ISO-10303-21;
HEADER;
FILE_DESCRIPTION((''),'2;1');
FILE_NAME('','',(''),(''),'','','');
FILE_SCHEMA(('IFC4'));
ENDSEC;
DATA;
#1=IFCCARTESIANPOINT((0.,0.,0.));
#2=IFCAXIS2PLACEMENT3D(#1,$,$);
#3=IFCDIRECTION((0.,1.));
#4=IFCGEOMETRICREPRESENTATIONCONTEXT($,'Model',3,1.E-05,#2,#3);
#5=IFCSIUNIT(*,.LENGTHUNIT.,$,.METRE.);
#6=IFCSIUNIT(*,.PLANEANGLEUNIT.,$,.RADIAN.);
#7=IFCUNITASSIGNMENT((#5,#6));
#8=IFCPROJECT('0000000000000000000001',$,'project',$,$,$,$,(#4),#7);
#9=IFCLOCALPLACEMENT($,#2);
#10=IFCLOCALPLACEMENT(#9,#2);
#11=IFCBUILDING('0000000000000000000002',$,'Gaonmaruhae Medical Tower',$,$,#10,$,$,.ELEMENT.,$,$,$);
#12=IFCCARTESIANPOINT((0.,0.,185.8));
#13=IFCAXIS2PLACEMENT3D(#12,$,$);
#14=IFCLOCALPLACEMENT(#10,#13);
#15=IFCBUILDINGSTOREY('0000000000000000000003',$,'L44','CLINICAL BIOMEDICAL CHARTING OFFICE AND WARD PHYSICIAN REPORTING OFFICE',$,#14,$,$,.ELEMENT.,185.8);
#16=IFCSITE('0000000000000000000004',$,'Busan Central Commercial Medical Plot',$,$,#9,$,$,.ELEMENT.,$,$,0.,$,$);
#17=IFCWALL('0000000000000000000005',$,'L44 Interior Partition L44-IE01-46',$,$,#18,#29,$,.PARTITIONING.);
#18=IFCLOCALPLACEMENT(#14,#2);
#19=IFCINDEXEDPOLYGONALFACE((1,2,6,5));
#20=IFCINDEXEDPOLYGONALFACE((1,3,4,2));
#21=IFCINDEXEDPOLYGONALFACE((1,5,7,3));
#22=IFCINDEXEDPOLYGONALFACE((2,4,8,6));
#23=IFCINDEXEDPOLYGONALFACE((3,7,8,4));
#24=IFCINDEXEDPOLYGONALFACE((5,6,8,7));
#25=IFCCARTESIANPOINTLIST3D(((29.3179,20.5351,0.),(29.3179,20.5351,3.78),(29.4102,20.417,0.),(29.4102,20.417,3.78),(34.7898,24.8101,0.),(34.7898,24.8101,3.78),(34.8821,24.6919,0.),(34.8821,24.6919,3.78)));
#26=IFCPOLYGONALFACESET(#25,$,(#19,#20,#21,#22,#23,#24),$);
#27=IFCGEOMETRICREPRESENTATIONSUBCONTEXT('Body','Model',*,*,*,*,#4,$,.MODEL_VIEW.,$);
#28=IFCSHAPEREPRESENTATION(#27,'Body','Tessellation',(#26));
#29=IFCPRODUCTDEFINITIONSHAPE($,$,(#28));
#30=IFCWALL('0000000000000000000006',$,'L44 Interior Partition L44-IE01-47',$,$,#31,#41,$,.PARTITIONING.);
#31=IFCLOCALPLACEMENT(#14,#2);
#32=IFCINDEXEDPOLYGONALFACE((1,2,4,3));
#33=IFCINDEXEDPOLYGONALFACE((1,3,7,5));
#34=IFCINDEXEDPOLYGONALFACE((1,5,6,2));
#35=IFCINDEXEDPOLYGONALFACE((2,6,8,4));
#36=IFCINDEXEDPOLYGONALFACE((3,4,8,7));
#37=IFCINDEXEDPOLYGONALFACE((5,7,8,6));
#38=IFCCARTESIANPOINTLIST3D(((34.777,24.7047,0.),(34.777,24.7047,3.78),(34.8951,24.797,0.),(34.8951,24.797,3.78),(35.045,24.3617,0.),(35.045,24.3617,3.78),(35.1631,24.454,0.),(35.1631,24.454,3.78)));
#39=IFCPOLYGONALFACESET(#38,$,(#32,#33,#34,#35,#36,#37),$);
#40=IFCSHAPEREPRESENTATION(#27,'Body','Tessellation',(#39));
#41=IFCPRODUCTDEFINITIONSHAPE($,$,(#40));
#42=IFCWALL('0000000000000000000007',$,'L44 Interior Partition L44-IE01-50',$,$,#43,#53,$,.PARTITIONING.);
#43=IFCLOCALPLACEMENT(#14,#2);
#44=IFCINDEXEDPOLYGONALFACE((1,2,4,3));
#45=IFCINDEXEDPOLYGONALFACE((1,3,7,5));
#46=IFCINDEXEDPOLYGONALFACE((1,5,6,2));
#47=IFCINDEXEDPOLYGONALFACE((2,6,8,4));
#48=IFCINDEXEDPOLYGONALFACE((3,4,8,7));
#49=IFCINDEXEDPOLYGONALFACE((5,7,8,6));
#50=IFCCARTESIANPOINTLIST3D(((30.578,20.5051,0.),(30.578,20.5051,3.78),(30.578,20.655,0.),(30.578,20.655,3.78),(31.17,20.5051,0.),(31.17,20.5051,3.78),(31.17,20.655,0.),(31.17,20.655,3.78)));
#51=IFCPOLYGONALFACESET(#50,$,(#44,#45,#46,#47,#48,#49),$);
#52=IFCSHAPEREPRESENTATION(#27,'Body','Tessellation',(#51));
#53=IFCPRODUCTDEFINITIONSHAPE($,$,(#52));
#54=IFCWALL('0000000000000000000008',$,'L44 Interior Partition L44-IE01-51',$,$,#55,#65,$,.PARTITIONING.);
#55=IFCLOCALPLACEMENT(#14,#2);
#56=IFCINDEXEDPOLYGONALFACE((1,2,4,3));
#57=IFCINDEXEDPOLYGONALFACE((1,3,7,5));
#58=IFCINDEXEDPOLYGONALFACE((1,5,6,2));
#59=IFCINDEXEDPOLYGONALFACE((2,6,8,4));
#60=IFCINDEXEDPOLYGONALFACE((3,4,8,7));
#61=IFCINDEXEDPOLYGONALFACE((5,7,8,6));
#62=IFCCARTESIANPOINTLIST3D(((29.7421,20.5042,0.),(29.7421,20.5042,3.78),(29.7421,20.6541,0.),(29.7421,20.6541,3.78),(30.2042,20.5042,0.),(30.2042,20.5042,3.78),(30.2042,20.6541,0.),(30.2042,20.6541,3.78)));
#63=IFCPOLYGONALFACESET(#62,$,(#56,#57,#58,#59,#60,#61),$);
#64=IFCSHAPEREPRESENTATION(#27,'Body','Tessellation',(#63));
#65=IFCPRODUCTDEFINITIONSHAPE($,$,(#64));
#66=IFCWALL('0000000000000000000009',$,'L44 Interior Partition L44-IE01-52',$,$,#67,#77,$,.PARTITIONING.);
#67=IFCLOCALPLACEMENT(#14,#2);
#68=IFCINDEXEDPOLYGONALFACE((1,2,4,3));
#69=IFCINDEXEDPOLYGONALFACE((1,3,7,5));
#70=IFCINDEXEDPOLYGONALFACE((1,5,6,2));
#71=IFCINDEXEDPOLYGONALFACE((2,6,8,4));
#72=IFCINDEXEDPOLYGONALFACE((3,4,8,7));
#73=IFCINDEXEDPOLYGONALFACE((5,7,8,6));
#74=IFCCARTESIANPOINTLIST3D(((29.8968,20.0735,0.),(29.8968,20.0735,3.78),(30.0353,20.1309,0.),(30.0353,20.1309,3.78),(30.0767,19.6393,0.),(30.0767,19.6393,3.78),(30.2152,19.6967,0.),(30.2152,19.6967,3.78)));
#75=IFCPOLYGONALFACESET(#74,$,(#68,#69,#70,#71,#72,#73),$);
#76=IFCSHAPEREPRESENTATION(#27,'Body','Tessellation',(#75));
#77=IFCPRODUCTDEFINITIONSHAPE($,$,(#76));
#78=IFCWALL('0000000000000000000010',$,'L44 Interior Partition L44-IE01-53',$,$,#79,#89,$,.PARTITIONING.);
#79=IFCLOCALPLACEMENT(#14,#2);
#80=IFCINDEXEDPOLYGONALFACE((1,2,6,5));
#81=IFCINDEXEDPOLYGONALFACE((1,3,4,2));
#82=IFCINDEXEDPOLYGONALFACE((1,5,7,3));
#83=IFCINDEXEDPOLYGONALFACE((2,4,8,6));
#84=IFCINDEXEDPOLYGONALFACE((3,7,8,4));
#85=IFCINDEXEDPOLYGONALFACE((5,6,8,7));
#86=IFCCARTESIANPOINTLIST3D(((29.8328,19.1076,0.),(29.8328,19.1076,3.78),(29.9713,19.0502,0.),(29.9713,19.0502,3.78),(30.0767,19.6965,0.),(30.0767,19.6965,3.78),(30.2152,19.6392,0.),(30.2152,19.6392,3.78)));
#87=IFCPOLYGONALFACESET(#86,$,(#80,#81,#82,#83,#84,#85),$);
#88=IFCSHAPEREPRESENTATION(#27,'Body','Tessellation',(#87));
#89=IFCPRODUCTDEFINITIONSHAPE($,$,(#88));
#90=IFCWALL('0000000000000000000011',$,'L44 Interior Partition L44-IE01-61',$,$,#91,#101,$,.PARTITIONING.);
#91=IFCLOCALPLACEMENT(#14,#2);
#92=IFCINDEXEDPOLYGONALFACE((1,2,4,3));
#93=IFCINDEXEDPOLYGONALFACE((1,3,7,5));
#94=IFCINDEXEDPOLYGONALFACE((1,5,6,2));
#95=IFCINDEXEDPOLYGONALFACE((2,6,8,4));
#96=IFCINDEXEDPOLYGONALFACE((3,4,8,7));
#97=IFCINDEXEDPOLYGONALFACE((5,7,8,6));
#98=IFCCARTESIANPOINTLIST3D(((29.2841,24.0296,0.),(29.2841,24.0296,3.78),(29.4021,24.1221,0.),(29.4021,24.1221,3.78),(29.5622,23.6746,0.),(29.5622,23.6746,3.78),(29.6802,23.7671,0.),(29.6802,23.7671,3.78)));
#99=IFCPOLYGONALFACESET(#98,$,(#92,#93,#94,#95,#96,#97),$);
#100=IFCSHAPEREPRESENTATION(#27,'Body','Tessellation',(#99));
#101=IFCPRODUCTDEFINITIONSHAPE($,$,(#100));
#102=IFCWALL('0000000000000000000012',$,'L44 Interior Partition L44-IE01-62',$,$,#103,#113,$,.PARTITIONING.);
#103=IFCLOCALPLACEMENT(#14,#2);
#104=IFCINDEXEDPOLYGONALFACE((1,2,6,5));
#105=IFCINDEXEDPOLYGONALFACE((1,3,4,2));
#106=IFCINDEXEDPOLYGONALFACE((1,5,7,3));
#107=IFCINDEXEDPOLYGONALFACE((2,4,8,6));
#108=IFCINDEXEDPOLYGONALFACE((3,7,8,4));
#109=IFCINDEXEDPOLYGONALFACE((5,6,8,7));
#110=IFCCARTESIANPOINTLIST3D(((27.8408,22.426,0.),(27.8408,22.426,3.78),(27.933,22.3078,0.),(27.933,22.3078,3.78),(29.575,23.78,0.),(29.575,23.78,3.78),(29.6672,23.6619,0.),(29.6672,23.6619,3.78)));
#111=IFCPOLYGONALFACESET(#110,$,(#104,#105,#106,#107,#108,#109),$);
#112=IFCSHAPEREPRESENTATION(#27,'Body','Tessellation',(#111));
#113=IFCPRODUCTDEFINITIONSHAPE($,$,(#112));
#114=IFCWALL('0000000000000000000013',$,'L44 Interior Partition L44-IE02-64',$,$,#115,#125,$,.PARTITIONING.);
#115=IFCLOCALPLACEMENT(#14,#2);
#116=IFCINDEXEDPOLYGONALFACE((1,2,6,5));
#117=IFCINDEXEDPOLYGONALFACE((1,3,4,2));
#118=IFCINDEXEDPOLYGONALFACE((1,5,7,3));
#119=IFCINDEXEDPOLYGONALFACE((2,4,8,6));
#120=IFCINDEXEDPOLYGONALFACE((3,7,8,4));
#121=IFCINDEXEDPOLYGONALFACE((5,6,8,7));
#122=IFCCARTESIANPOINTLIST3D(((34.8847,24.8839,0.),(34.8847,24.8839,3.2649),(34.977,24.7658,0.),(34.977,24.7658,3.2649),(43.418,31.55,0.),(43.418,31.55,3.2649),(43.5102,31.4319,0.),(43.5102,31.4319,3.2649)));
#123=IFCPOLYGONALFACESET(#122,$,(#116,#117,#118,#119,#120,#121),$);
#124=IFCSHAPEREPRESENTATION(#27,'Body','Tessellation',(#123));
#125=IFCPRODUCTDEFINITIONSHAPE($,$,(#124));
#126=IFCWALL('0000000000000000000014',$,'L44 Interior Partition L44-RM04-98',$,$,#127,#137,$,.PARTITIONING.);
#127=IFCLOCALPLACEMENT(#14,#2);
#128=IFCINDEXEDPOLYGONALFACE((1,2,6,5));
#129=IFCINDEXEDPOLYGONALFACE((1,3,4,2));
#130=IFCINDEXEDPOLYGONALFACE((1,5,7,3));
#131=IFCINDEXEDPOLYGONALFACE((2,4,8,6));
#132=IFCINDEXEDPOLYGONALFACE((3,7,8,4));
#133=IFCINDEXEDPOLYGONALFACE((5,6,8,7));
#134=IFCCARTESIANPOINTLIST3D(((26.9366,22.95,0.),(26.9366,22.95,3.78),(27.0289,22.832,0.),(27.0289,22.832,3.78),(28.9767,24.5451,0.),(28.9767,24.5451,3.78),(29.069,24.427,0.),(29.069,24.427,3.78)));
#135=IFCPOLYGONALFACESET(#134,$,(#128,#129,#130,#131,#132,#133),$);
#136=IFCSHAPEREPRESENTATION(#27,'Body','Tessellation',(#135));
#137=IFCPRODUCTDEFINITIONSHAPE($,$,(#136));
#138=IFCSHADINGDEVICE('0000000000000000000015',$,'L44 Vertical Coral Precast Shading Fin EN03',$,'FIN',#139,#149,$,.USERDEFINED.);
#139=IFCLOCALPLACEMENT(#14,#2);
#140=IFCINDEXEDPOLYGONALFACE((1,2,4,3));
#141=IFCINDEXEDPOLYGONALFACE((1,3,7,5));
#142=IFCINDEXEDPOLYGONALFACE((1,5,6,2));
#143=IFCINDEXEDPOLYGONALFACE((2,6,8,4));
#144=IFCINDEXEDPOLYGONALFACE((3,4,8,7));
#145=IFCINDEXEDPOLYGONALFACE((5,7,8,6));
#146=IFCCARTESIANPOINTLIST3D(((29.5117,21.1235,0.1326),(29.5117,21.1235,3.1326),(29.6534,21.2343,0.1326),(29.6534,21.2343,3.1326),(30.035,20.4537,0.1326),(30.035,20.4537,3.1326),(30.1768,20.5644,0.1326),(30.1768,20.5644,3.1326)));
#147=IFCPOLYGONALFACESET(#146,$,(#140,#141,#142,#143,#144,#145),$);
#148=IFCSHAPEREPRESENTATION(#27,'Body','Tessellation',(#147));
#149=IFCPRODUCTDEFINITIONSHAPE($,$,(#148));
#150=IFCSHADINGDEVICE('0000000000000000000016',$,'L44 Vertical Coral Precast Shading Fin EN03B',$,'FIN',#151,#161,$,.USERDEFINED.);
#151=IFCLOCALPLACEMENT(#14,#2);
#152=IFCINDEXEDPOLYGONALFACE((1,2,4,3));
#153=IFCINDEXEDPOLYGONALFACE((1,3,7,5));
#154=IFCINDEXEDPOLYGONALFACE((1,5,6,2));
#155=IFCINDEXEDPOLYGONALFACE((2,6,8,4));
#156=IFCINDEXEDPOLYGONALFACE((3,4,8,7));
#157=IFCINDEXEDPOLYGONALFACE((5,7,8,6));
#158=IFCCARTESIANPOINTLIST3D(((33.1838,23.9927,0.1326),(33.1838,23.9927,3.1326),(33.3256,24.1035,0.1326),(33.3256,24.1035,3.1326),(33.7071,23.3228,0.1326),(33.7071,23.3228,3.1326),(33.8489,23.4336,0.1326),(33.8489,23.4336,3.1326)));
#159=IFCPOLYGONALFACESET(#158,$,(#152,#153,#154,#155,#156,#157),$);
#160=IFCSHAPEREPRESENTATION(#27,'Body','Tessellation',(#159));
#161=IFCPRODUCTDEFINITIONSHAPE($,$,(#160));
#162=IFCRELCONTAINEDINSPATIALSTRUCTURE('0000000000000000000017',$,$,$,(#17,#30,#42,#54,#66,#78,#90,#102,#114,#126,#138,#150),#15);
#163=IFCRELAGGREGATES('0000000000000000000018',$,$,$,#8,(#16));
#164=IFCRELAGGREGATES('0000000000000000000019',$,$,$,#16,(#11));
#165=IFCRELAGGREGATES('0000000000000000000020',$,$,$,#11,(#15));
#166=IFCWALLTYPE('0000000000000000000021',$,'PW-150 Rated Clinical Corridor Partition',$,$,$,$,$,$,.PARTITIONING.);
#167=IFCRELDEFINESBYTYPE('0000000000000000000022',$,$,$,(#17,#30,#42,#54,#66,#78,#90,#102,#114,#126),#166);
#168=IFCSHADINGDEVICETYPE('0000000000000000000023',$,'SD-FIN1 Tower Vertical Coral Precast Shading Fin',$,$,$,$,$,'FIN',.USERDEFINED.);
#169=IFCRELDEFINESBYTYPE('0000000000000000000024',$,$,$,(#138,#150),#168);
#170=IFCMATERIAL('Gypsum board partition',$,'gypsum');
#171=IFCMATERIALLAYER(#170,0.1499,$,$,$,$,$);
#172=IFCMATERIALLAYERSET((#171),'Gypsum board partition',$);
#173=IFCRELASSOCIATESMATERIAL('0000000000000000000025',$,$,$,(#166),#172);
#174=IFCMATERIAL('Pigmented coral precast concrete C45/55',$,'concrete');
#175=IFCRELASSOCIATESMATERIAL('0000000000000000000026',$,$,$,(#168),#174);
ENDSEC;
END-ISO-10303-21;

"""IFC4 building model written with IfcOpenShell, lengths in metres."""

from ifc_helpers import new_model, si_unit, direction, frame, frame_2d, origin, origin_2d, place, context, subcontext, project, spatial, rectangle, extrude, material, layer, layer_set, type_object, element, save


model = new_model("IFC4")

# Units and contexts
model_context = context("Model", 3, precision=1e-05, world=origin(), true_north=direction((0.0, 1.0)))
body_context = subcontext(model_context, "Body", "Model", "MODEL_VIEW")
ifc_project = project(units=[si_unit("LENGTHUNIT", "METRE"), si_unit("PLANEANGLEUNIT", "RADIAN")], contexts=[model_context])

# Site, building, storey
site_placement = place(None, origin())
site = spatial("IfcSite", under=ifc_project, at=site_placement, Name="Busan Central Commercial Medical Plot", CompositionType="ELEMENT", RefElevation=0.0)
building_placement = place(site_placement, origin())
building = spatial("IfcBuilding", under=site, at=building_placement, Name="Gaonmaruhae Medical Tower", CompositionType="ELEMENT")
storey_placement = place(building_placement, frame((0.0, 0.0, 185.8)))
storey = spatial("IfcBuildingStorey", under=building, at=storey_placement, Name="L44", Description="CLINICAL BIOMEDICAL CHARTING OFFICE AND WARD PHYSICIAN REPORTING OFFICE", CompositionType="ELEMENT", Elevation=185.8)

# Walls
ifc_material_1 = material(Name="Gypsum board partition", Category="gypsum")
ifc_layer_1 = layer(ifc_material_1, 0.1499)
ifc_layer_set_1 = layer_set([ifc_layer_1], Name="Gypsum board partition")
wall_type_1 = type_object("IfcWallType", Name="PW-150 Rated Clinical Corridor Partition", PredefinedType="PARTITIONING", material=ifc_layer_set_1)
wall_1_placement = place(storey_placement, frame((29.364, 20.4761, 0.0), z_axis=(0.0, 0.0, 1.0), x_axis=(0.788027, 0.615641, 0.0)))
element("IfcWall", 1, at=wall_1_placement, inside=storey, type_object=wall_type_1, Name="L44 Interior Partition L44-IE01-46", PredefinedType="PARTITIONING", context=body_context, shape_type="SweptSolid", body=[
    extrude(rectangle(XDim=6.9438, YDim=0.1499, at=frame_2d((3.4719, 0.0))), origin(), (0.0, 0.0, 1.0), 3.78),
])
wall_2_placement = place(storey_placement, frame((34.8359, 24.751, 0.0), z_axis=(0.0, 0.0, 1.0), x_axis=(0.615764, -0.787931, 0.0)))
element("IfcWall", 2, at=wall_2_placement, inside=storey, type_object=wall_type_1, Name="L44 Interior Partition L44-IE01-47", PredefinedType="PARTITIONING", context=body_context, shape_type="SweptSolid", body=[
    extrude(rectangle(XDim=0.4353, YDim=0.1499, at=frame_2d((0.2178, 0.0))), origin(), (0.0, 0.0, 1.0), 3.78),
])
wall_3_placement = place(storey_placement, frame((31.1699, 20.5801, 0.0), z_axis=(0.0, 0.0, 1.0), x_axis=(-1.0, 0.0, 0.0)))
element("IfcWall", 3, at=wall_3_placement, inside=storey, type_object=wall_type_1, Name="L44 Interior Partition L44-IE01-50", PredefinedType="PARTITIONING", context=body_context, shape_type="SweptSolid", body=[
    extrude(rectangle(XDim=0.592, YDim=0.1499, at=frame_2d((0.2959, 0.0))), origin(), (0.0, 0.0, 1.0), 3.78),
])
wall_4_placement = place(storey_placement, frame((30.2041, 20.5791, 0.0), z_axis=(0.0, 0.0, 1.0), x_axis=(-1.0, 0.0, 0.0)))
element("IfcWall", 4, at=wall_4_placement, inside=storey, type_object=wall_type_1, Name="L44 Interior Partition L44-IE01-51", PredefinedType="PARTITIONING", context=body_context, shape_type="SweptSolid", body=[
    extrude(rectangle(XDim=0.4622, YDim=0.1499, at=frame_2d((0.231, 0.0))), origin(), (0.0, 0.0, 1.0), 3.78),
])
wall_5_placement = place(storey_placement, frame((29.9661, 20.1021, 0.0), z_axis=(0.0, 0.0, 1.0), x_axis=(0.382918, -0.923782, 0.0)))
element("IfcWall", 5, at=wall_5_placement, inside=storey, type_object=wall_type_1, Name="L44 Interior Partition L44-IE01-52", PredefinedType="PARTITIONING", context=body_context, shape_type="SweptSolid", body=[
    extrude(rectangle(XDim=0.47, YDim=0.1499, at=frame_2d((0.2349, 0.0))), origin(), (0.0, 0.0, 1.0), 3.78),
])
wall_6_placement = place(storey_placement, frame((30.146, 19.668, 0.0), z_axis=(0.0, 0.0, 1.0), x_axis=(-0.382656, -0.923891, 0.0)))
element("IfcWall", 6, at=wall_6_placement, inside=storey, type_object=wall_type_1, Name="L44 Interior Partition L44-IE01-53", PredefinedType="PARTITIONING", context=body_context, shape_type="SweptSolid", body=[
    extrude(rectangle(XDim=0.6375, YDim=0.1499, at=frame_2d((0.3188, 0.0))), origin(), (0.0, 0.0, 1.0), 3.78),
])
wall_7_placement = place(storey_placement, frame((29.343, 24.0759, 0.0), z_axis=(0.0, 0.0, 1.0), x_axis=(0.616673, -0.787219, 0.0)))
element("IfcWall", 7, at=wall_7_placement, inside=storey, type_object=wall_type_1, Name="L44 Interior Partition L44-IE01-61", PredefinedType="PARTITIONING", context=body_context, shape_type="SweptSolid", body=[
    extrude(rectangle(XDim=0.4509, YDim=0.1499, at=frame_2d((0.2256, 0.0))), origin(), (0.0, 0.0, 1.0), 3.78),
])
wall_8_placement = place(storey_placement, frame((29.6211, 23.7209, 0.0), z_axis=(0.0, 0.0, 1.0), x_axis=(-0.788198, -0.615422, 0.0)))
element("IfcWall", 8, at=wall_8_placement, inside=storey, type_object=wall_type_1, Name="L44 Interior Partition L44-IE01-62", PredefinedType="PARTITIONING", context=body_context, shape_type="SweptSolid", body=[
    extrude(rectangle(XDim=2.2002, YDim=0.1499, at=frame_2d((1.1001, 0.0))), origin(), (0.0, 0.0, 1.0), 3.78),
])
wall_9_placement = place(storey_placement, frame((34.9309, 24.825, 0.0), z_axis=(0.0, 0.0, 1.0), x_axis=(0.788049, 0.615613, 0.0)))
element("IfcWall", 9, at=wall_9_placement, inside=storey, type_object=wall_type_1, Name="L44 Interior Partition L44-IE02-64", PredefinedType="PARTITIONING", context=body_context, shape_type="SweptSolid", body=[
    extrude(rectangle(XDim=10.8284, YDim=0.1499, at=frame_2d((5.4141, 0.0))), origin(), (0.0, 0.0, 1.0), 3.2649),
])
wall_10_placement = place(storey_placement, frame((29.0229, 24.4861, 0.0), z_axis=(0.0, 0.0, 1.0), x_axis=(-0.787801, -0.615929, 0.0)))
element("IfcWall", 10, at=wall_10_placement, inside=storey, type_object=wall_type_1, Name="L44 Interior Partition L44-RM04-98", PredefinedType="PARTITIONING", context=body_context, shape_type="SweptSolid", body=[
    extrude(rectangle(XDim=2.5896, YDim=0.1499, at=frame_2d((1.2949, 0.0))), origin(), (0.0, 0.0, 1.0), 3.78),
])

# Shading devices
ifc_material_2 = material(Name="Pigmented coral precast concrete C45/55", Category="concrete")
shading_device_type = type_object("IfcShadingDeviceType", Name="SD-FIN1 Tower Vertical Coral Precast Shading Fin", ElementType="FIN", PredefinedType="USERDEFINED", material=ifc_material_2)
for number, where, z_axis, x_axis, name in (
    (11, (29.8442, 20.844, 0.1326), (0.0, 0.0, 1.0), (0.788011, 0.615661, 0.0), "L44 Vertical Coral Precast Shading Fin EN03"),
    (12, (33.5164, 23.7131, 0.1326), (0.0, 0.0, 1.0), (0.788011, 0.615661, 0.0), "L44 Vertical Coral Precast Shading Fin EN03B"),
):
    element("IfcShadingDevice", number, at=place(storey_placement, frame(where, z_axis=z_axis, x_axis=x_axis)), inside=storey, type_object=shading_device_type, Name=name, ObjectType="FIN", PredefinedType="USERDEFINED", context=body_context, shape_type="SweptSolid", body=[
        extrude(rectangle(XDim=0.1799, YDim=0.8501, at=origin_2d()), origin(), (0.0, 0.0, 1.0), 3.0),
    ])

save(model, "model.ifc")
